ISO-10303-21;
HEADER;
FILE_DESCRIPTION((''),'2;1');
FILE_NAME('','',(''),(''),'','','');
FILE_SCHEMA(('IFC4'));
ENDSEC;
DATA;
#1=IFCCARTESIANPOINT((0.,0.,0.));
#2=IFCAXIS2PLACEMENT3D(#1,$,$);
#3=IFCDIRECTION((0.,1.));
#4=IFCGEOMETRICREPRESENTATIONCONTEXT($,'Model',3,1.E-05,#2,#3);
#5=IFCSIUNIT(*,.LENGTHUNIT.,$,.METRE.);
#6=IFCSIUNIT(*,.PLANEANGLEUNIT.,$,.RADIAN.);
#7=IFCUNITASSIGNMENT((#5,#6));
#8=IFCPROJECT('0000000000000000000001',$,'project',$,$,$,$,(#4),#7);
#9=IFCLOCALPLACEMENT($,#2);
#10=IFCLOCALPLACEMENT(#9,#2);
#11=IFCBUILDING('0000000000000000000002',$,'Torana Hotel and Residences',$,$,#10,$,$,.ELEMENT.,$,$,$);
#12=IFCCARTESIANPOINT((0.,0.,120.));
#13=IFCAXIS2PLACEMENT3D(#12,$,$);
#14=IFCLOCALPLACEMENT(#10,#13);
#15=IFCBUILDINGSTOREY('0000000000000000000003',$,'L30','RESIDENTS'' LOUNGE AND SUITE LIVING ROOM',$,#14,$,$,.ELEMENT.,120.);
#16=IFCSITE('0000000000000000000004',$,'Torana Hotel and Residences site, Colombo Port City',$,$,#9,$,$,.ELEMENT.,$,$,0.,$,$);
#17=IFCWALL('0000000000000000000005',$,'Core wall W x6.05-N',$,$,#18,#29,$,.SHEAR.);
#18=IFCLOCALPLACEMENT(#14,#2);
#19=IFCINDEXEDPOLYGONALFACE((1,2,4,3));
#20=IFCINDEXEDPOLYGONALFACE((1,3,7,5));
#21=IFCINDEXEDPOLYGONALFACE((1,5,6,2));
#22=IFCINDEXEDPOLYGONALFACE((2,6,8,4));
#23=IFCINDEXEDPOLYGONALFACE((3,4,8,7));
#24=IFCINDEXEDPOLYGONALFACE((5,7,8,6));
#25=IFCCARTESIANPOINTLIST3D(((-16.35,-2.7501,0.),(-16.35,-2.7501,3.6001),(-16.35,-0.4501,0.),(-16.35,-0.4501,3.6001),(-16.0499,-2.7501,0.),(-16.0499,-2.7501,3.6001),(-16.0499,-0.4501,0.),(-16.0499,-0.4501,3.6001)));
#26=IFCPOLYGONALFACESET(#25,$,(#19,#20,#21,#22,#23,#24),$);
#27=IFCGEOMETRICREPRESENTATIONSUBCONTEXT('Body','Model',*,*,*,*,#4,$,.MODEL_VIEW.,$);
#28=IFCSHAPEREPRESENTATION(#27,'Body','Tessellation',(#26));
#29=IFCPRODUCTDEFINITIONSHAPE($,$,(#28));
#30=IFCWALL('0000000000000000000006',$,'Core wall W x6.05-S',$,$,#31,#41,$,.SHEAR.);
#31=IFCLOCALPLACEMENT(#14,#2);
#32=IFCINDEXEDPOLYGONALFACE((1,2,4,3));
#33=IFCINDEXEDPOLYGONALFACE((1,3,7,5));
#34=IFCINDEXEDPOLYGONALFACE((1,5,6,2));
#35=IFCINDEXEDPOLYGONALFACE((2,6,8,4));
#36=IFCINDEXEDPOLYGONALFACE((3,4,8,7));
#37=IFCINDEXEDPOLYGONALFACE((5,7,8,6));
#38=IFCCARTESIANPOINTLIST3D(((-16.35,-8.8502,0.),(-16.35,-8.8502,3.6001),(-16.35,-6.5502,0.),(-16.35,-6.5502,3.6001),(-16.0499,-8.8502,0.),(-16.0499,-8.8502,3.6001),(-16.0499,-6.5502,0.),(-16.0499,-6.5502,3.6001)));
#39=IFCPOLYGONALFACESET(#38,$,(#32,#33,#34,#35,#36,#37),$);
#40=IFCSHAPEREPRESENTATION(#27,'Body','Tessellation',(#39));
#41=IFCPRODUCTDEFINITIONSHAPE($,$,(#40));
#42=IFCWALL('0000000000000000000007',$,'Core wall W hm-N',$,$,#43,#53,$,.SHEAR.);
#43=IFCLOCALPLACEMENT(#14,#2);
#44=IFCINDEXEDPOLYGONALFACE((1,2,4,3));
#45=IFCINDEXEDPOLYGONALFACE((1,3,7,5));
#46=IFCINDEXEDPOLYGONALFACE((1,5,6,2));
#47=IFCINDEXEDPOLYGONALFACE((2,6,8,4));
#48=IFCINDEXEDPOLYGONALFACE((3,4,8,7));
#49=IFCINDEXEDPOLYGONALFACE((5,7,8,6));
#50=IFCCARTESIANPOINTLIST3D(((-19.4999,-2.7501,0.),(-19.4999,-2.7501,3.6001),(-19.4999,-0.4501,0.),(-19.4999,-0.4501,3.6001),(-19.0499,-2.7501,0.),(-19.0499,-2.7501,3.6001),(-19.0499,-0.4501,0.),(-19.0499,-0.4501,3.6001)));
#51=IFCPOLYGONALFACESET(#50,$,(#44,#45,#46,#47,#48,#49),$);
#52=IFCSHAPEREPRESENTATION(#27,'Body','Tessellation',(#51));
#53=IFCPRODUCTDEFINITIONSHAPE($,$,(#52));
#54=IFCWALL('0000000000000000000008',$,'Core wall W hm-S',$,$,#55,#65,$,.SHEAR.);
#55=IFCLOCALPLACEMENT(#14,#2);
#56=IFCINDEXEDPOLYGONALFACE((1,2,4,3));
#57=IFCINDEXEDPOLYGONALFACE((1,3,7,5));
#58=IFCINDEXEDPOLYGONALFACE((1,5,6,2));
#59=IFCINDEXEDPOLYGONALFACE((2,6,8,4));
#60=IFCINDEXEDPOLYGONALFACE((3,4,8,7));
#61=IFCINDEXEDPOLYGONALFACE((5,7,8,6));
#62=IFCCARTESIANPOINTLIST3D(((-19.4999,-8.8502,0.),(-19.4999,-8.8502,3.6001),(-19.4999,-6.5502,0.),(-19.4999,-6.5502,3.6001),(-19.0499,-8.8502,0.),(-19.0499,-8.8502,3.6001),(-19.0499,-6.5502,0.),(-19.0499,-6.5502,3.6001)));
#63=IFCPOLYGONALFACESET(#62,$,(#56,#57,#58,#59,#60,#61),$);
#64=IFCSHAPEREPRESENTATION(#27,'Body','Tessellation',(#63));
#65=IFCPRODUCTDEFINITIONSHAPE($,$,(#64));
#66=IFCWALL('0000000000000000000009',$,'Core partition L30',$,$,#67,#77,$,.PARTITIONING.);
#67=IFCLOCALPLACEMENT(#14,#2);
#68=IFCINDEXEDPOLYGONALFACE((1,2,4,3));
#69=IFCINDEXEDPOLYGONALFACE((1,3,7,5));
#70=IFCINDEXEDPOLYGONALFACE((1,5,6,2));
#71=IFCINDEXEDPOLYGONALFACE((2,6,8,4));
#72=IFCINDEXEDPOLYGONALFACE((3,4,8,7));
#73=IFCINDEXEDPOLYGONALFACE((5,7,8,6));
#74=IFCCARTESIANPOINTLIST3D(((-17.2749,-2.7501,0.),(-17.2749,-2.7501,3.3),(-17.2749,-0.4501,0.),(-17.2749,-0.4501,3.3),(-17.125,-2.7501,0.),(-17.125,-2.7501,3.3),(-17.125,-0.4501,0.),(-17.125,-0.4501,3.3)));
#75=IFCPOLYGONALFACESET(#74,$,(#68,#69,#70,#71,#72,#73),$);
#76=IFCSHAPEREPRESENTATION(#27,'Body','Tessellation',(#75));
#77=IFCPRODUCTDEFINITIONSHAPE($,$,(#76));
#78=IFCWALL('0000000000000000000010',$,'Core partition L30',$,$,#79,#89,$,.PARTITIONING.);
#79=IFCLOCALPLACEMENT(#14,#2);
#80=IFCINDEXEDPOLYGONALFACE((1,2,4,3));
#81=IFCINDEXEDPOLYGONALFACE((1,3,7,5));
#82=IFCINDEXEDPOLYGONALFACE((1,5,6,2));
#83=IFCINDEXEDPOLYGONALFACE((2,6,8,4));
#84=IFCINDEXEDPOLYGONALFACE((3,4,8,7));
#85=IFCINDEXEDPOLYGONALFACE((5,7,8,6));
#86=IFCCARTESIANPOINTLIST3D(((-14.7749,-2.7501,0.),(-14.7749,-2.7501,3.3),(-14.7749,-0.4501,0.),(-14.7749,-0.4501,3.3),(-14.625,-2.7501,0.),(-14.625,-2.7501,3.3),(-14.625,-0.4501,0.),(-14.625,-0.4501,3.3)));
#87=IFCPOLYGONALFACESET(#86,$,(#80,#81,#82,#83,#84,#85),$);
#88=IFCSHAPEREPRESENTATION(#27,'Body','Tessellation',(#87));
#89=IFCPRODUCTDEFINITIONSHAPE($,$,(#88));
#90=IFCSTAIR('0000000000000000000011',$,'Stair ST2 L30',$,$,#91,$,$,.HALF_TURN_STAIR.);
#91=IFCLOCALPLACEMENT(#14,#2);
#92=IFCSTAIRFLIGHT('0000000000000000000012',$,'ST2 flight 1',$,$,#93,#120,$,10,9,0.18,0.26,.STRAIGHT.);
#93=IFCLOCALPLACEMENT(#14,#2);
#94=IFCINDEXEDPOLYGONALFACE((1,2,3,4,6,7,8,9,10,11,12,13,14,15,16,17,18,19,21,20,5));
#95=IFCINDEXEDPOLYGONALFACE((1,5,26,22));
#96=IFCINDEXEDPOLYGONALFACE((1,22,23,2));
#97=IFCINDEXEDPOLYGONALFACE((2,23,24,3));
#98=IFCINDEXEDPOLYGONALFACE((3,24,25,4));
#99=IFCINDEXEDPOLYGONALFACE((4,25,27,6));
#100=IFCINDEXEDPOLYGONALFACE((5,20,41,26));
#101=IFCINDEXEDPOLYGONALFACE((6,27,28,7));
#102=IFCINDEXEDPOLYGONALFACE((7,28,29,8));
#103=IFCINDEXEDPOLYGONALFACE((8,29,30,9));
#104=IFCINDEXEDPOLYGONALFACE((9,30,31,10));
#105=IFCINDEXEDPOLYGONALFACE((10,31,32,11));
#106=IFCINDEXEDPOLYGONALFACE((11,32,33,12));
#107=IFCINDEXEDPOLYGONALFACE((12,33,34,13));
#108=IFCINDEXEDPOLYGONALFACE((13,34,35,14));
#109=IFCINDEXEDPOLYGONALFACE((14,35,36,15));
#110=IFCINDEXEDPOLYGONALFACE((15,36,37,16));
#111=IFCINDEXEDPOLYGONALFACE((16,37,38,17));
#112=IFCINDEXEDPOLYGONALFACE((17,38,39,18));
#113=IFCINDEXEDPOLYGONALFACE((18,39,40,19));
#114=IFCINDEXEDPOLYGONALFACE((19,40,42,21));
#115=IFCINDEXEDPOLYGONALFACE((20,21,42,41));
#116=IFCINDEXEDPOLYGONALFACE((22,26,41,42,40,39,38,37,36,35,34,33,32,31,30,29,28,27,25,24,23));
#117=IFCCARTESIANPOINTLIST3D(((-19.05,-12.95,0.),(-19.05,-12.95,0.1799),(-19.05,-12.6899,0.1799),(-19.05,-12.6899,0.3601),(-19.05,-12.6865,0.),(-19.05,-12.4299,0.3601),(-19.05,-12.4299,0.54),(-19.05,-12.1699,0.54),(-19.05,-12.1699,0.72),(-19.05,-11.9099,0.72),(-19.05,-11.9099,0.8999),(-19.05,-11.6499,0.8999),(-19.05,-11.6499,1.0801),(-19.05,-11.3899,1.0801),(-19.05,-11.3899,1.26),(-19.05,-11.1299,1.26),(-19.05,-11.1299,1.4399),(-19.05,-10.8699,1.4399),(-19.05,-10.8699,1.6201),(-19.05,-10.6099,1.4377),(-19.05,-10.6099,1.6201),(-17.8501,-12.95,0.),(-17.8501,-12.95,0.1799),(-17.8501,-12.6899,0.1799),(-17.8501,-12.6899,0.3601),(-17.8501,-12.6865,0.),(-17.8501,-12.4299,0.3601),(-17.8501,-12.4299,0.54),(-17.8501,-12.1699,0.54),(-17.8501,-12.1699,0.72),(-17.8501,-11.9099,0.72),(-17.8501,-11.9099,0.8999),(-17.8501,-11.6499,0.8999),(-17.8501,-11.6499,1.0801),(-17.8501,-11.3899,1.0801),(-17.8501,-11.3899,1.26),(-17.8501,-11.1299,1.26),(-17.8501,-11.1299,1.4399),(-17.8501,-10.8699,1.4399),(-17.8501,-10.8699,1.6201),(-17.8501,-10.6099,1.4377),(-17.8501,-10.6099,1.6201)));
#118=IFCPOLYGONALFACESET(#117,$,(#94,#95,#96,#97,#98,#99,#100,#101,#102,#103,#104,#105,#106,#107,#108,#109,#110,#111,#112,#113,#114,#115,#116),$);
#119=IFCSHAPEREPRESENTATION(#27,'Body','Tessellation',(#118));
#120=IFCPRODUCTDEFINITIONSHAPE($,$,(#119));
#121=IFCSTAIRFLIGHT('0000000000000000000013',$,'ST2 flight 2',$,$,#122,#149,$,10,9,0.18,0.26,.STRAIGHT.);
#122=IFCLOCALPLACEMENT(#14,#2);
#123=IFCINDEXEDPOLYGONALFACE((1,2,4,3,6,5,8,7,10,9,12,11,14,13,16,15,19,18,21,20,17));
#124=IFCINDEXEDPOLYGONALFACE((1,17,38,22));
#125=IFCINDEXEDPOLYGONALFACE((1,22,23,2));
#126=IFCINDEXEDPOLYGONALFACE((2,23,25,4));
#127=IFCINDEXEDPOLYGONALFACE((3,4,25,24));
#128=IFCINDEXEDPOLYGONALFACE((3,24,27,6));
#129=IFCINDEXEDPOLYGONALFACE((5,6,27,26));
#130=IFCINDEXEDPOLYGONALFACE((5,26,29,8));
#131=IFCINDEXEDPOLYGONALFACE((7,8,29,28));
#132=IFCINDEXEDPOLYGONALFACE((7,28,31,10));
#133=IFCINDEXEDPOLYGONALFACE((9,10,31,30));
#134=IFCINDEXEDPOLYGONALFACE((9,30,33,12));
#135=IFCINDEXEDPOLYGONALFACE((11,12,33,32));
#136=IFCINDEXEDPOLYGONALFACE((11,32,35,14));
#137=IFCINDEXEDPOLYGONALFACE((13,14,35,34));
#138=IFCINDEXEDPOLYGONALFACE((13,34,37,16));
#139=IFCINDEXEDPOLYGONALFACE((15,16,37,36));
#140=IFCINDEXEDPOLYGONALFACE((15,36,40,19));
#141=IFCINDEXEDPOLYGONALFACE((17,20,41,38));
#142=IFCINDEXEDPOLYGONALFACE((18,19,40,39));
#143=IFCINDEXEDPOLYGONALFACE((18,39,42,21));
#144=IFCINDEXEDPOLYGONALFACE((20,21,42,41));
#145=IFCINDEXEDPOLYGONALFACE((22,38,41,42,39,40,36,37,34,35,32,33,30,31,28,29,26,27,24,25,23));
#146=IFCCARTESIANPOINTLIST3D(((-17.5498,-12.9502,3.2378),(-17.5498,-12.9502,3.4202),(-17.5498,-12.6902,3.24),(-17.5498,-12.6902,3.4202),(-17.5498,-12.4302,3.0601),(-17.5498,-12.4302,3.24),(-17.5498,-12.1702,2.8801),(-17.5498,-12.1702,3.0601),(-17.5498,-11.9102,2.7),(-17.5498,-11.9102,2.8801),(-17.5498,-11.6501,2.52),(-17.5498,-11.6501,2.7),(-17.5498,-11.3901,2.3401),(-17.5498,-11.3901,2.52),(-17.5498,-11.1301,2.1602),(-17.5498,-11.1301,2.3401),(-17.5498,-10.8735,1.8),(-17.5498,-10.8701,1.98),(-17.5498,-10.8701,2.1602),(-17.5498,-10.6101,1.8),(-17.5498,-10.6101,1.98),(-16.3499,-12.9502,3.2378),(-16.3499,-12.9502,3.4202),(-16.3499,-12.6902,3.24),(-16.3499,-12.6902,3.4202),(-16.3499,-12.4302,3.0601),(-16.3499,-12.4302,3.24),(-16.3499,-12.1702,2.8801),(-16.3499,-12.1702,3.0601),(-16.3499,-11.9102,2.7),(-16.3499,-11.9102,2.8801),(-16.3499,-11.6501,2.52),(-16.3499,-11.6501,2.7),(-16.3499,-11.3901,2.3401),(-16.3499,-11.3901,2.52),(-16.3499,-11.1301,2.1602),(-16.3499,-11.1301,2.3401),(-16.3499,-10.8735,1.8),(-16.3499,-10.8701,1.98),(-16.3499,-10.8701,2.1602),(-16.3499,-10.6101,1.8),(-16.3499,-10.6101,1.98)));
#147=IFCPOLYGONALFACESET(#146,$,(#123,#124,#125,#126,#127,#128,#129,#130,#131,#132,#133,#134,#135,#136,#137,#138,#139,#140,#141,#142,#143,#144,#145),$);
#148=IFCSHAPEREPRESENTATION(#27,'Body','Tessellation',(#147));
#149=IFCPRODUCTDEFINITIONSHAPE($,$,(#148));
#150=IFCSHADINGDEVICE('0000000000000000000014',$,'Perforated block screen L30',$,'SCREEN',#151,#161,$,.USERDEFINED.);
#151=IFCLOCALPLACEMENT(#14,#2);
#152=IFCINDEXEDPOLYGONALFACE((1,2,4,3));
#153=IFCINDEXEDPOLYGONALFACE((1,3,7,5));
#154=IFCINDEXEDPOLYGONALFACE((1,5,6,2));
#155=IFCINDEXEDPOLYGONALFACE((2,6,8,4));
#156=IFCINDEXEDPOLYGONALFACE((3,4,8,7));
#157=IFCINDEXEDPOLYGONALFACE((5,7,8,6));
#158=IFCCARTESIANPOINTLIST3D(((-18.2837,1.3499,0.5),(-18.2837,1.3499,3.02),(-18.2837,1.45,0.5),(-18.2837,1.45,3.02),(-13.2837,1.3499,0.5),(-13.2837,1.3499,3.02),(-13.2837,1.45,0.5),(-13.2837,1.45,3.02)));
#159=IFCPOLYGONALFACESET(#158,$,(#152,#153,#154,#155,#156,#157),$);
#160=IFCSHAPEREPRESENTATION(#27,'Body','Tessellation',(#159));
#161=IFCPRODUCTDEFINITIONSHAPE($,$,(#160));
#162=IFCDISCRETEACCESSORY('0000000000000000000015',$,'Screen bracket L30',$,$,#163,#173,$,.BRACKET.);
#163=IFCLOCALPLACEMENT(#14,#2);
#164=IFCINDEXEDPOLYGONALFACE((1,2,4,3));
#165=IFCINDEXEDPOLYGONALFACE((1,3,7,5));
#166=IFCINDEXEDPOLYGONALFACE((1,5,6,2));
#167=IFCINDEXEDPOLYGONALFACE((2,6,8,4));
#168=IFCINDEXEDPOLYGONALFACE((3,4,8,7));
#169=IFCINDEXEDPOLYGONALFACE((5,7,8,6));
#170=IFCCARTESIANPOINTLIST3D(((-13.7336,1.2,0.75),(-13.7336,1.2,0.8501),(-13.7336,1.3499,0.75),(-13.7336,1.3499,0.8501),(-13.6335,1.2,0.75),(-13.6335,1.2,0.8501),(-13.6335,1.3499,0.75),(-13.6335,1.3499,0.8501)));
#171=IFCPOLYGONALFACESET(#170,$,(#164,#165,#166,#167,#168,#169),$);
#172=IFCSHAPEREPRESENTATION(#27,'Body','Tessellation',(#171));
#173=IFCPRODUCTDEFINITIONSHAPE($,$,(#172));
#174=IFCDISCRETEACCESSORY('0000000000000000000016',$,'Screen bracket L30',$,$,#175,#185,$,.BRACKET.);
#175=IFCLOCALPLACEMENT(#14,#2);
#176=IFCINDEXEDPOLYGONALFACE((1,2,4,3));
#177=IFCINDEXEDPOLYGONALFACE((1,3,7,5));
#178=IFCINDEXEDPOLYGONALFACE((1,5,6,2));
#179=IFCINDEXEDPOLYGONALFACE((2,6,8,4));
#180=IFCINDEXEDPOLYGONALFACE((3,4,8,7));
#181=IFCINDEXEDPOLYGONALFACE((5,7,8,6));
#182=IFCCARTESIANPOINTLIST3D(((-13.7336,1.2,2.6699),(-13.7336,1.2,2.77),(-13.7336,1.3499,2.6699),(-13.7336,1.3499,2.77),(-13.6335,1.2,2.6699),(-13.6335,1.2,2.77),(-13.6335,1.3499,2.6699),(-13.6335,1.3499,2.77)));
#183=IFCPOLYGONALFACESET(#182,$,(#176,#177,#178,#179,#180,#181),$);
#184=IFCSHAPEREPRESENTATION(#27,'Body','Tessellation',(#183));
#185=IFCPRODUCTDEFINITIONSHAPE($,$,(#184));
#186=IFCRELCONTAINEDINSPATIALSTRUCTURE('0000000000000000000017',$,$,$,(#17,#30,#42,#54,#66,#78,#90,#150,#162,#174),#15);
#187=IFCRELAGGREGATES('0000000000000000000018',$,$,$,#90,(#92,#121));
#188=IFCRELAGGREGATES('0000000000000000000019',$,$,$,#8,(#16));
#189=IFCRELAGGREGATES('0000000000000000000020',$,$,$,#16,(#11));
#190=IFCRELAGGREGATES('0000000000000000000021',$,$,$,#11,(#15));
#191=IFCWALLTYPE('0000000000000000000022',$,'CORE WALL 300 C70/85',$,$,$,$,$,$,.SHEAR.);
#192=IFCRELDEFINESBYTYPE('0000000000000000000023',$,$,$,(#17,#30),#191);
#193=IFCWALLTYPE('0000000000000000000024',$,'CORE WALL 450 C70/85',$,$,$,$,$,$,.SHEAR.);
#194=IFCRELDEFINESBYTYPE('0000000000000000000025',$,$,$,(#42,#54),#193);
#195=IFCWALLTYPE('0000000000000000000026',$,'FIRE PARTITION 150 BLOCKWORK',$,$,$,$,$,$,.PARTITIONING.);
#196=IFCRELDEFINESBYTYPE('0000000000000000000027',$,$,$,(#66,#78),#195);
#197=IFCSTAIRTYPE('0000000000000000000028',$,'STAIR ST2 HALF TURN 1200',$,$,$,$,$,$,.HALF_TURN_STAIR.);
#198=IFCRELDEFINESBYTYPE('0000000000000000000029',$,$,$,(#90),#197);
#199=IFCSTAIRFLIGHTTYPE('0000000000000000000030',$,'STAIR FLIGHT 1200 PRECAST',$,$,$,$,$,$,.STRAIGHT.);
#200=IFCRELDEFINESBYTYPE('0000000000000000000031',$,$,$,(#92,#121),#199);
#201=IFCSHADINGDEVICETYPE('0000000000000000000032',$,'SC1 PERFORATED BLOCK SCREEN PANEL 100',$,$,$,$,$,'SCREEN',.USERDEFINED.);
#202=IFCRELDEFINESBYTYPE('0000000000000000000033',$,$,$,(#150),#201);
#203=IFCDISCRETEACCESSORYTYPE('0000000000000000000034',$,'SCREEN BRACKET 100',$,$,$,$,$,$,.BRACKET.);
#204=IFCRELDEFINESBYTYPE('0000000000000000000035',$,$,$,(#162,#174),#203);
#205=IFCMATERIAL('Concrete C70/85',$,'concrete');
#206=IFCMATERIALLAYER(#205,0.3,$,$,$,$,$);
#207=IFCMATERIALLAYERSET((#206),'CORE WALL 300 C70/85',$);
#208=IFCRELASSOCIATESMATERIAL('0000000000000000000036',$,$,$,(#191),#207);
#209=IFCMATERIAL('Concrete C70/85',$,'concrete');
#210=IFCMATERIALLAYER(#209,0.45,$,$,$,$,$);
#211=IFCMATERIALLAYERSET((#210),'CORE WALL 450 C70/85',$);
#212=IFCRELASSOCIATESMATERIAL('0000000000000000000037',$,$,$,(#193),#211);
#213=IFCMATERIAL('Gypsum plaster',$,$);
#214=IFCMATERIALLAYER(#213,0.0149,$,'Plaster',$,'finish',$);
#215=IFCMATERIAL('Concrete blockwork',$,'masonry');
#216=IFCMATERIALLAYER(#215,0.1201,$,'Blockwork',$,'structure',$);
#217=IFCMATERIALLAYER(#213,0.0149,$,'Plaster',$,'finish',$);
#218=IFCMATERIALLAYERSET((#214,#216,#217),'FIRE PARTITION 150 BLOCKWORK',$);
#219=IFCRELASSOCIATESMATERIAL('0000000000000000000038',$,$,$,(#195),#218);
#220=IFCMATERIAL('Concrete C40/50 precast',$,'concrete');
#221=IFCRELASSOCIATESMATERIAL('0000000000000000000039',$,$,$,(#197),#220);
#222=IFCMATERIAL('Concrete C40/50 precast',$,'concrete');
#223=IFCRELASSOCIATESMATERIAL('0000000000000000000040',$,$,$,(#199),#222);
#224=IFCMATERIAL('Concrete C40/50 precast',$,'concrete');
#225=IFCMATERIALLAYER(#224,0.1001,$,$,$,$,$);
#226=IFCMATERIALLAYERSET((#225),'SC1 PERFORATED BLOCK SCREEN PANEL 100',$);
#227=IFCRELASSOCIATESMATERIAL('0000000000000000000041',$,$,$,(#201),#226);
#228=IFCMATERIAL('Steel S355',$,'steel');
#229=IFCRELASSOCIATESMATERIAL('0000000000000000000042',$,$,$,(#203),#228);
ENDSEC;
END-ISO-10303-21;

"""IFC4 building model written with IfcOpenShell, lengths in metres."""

from ifc_helpers import new_model, si_unit, direction, frame, frame_2d, origin, origin_2d, place, context, subcontext, project, spatial, polyline, rectangle, outline, extrude, material, layer, layer_set, type_object, element, aggregate, save


model = new_model("IFC4")

# Units and contexts
model_context = context("Model", 3, precision=1e-05, world=origin(), true_north=direction((0.0, 1.0)))
body_context = subcontext(model_context, "Body", "Model", "MODEL_VIEW")
ifc_project = project(units=[si_unit("LENGTHUNIT", "METRE"), si_unit("PLANEANGLEUNIT", "RADIAN")], contexts=[model_context])

# Site, building, storey
site_placement = place(None, origin())
site = spatial("IfcSite", under=ifc_project, at=site_placement, Name="Torana Hotel and Residences site, Colombo Port City", CompositionType="ELEMENT", RefElevation=0.0)
building_placement = place(site_placement, origin())
building = spatial("IfcBuilding", under=site, at=building_placement, Name="Torana Hotel and Residences", CompositionType="ELEMENT")
storey_placement = place(building_placement, frame((0.0, 0.0, 120.0)))
storey = spatial("IfcBuildingStorey", under=building, at=storey_placement, Name="L30", Description="RESIDENTS' LOUNGE AND SUITE LIVING ROOM", CompositionType="ELEMENT", Elevation=120.0)

# Walls
ifc_material_1 = material(Name="Concrete C70/85", Category="concrete")
ifc_layer_1 = layer(ifc_material_1, 0.3)
ifc_layer_set_1 = layer_set([ifc_layer_1], Name="CORE WALL 300 C70/85")
wall_type_1 = type_object("IfcWallType", Name="CORE WALL 300 C70/85", PredefinedType="SHEAR", material=ifc_layer_set_1)
for number, where, z_axis, x_axis, name in (
    (1, (-16.2, -2.75, 0.0), (0.0, 0.0, 1.0), (0.0, 1.0, 0.0), "Core wall W x6.05-N"),
    (2, (-16.2, -8.8501, 0.0), (0.0, 0.0, 1.0), (0.0, 1.0, 0.0), "Core wall W x6.05-S"),
):
    element("IfcWall", number, at=place(storey_placement, frame(where, z_axis=z_axis, x_axis=x_axis)), inside=storey, type_object=wall_type_1, Name=name, PredefinedType="SHEAR", context=body_context, shape_type="SweptSolid", body=[
        extrude(rectangle(XDim=2.3, YDim=0.3, at=frame_2d((1.1499, 0.0))), origin(), (0.0, 0.0, 1.0), 3.6001),
    ])
ifc_material_2 = material(Name="Concrete C70/85", Category="concrete")
ifc_layer_2 = layer(ifc_material_2, 0.45)
ifc_layer_set_2 = layer_set([ifc_layer_2], Name="CORE WALL 450 C70/85")
wall_type_2 = type_object("IfcWallType", Name="CORE WALL 450 C70/85", PredefinedType="SHEAR", material=ifc_layer_set_2)
for number, where, z_axis, x_axis, name in (
    (3, (-19.2749, -2.75, 0.0), (0.0, 0.0, 1.0), (0.0, 1.0, 0.0), "Core wall W hm-N"),
    (4, (-19.2749, -8.8501, 0.0), (0.0, 0.0, 1.0), (0.0, 1.0, 0.0), "Core wall W hm-S"),
):
    element("IfcWall", number, at=place(storey_placement, frame(where, z_axis=z_axis, x_axis=x_axis)), inside=storey, type_object=wall_type_2, Name=name, PredefinedType="SHEAR", context=body_context, shape_type="SweptSolid", body=[
        extrude(rectangle(XDim=2.3, YDim=0.45, at=frame_2d((1.1499, 0.0))), origin(), (0.0, 0.0, 1.0), 3.6001),
    ])
ifc_material_3 = material(Name="Gypsum plaster")
ifc_layer_3 = layer(ifc_material_3, 0.0149, Name="Plaster", Category="finish")
ifc_material_4 = material(Name="Concrete blockwork", Category="masonry")
ifc_layer_4 = layer(ifc_material_4, 0.1201, Name="Blockwork", Category="structure")
ifc_layer_5 = layer(ifc_material_3, 0.0149, Name="Plaster", Category="finish")
ifc_layer_set_3 = layer_set([ifc_layer_3, ifc_layer_4, ifc_layer_5], Name="FIRE PARTITION 150 BLOCKWORK")
wall_type_3 = type_object("IfcWallType", Name="FIRE PARTITION 150 BLOCKWORK", PredefinedType="PARTITIONING", material=ifc_layer_set_3)
for number, where, z_axis, x_axis, name in (
    (5, (-17.2, -2.75, 0.0), (0.0, 0.0, 1.0), (0.0, 1.0, 0.0), "Core partition L30"),
    (6, (-14.7, -2.75, 0.0), (0.0, 0.0, 1.0), (0.0, 1.0, 0.0), "Core partition L30"),
):
    element("IfcWall", number, at=place(storey_placement, frame(where, z_axis=z_axis, x_axis=x_axis)), inside=storey, type_object=wall_type_3, Name=name, PredefinedType="PARTITIONING", context=body_context, shape_type="SweptSolid", body=[
        extrude(rectangle(XDim=2.3, YDim=0.1499, at=frame_2d((1.1499, 0.0))), origin(), (0.0, 0.0, 1.0), 3.3),
    ])

# Stair, stair flights
ifc_material_5 = material(Name="Concrete C40/50 precast", Category="concrete")
stair_type = type_object("IfcStairType", Name="STAIR ST2 HALF TURN 1200", PredefinedType="HALF_TURN_STAIR", material=ifc_material_5)
stair_placement = place(storey_placement, origin())
stair = element("IfcStair", 7, at=stair_placement, inside=storey, type_object=stair_type, Name="Stair ST2 L30", PredefinedType="HALF_TURN_STAIR")
ifc_material_6 = material(Name="Concrete C40/50 precast", Category="concrete")
stair_flight_type = type_object("IfcStairFlightType", Name="STAIR FLIGHT 1200 PRECAST", PredefinedType="STRAIGHT", material=ifc_material_6)
stair_flight_1_placement = place(storey_placement, frame((-18.45, -12.95, 0.0), z_axis=(0.0, 0.0, 1.0), x_axis=(0.0, 1.0, 0.0)))
stair_flight_1 = element("IfcStairFlight", 8, at=stair_flight_1_placement, type_object=stair_flight_type, Name="ST2 flight 1", NumberOfRisers=10, NumberOfTreads=9, PredefinedType="STRAIGHT", RiserHeight=0.18, TreadLength=0.26, context=body_context, shape_type="SweptSolid", body=[
    extrude(outline(polyline([(0.0, 0.0), (0.0, 0.1799), (0.26, 0.1799), (0.26, 0.3601), (0.52, 0.3601), (0.52, 0.54), (0.78, 0.54), (0.78, 0.72), (1.04, 0.72), (1.04, 0.8999), (1.3, 0.8999), (1.3, 1.0801), (1.5601, 1.0801), (1.5601, 1.26), (1.8201, 1.26), (1.8201, 1.4399), (2.0801, 1.4399), (2.0801, 1.6201), (2.3401, 1.6201), (2.3401, 1.8), (2.3401, 1.4377), (0.2634, 0.0), (0.0, 0.0)])), frame((0.0, 0.6001, 0.0), z_axis=(0.0, -1.0, 0.0), x_axis=(1.0, 0.0, 0.0)), (0.0, 0.0, 1.0), 1.2),
])
stair_flight_2_placement = place(storey_placement, frame((-16.95, -10.6101, 1.8), z_axis=(0.0, 0.0, 1.0), x_axis=(0.0, -1.0, 0.0)))
stair_flight_2 = element("IfcStairFlight", 9, at=stair_flight_2_placement, type_object=stair_flight_type, Name="ST2 flight 2", NumberOfRisers=10, NumberOfTreads=9, PredefinedType="STRAIGHT", RiserHeight=0.18, TreadLength=0.26, context=body_context, shape_type="SweptSolid", body=[
    extrude(outline(polyline([(0.0, 0.0), (0.0, 0.1799), (0.26, 0.1799), (0.26, 0.3601), (0.52, 0.3601), (0.52, 0.54), (0.78, 0.54), (0.78, 0.72), (1.04, 0.72), (1.04, 0.8999), (1.3, 0.8999), (1.3, 1.0801), (1.5601, 1.0801), (1.5601, 1.26), (1.8201, 1.26), (1.8201, 1.4399), (2.0801, 1.4399), (2.0801, 1.6201), (2.3401, 1.6201), (2.3401, 1.8), (2.3401, 1.4377), (0.2634, 0.0), (0.0, 0.0)])), frame((0.0, 0.6001, 0.0), z_axis=(0.0, -1.0, 0.0), x_axis=(1.0, 0.0, 0.0)), (0.0, 0.0, 1.0), 1.2),
])
aggregate(stair, [stair_flight_1, stair_flight_2])

# Shading device
ifc_material_7 = material(Name="Concrete C40/50 precast", Category="concrete")
ifc_layer_6 = layer(ifc_material_7, 0.1001)
ifc_layer_set_4 = layer_set([ifc_layer_6], Name="SC1 PERFORATED BLOCK SCREEN PANEL 100")
shading_device_type = type_object("IfcShadingDeviceType", Name="SC1 PERFORATED BLOCK SCREEN PANEL 100", ElementType="SCREEN", PredefinedType="USERDEFINED", material=ifc_layer_set_4)
shading_device_placement = place(storey_placement, frame((-15.7837, 1.3999, 0.5), z_axis=(0.0, 0.0, 1.0), x_axis=(-1.0, 0.0, 0.0)))
element("IfcShadingDevice", 10, at=shading_device_placement, inside=storey, type_object=shading_device_type, Name="Perforated block screen L30", ObjectType="SCREEN", PredefinedType="USERDEFINED", context=body_context, shape_type="SweptSolid", body=[
    extrude(rectangle(XDim=5.0, YDim=0.1001, at=origin_2d()), origin(), (0.0, 0.0, 1.0), 2.52),
])

# Discrete accessories
ifc_material_8 = material(Name="Steel S355", Category="steel")
discrete_accessory_type = type_object("IfcDiscreteAccessoryType", Name="SCREEN BRACKET 100", PredefinedType="BRACKET", material=ifc_material_8)
for number, where, z_axis, x_axis, name in (
    (11, (-13.6836, 1.2749, 0.75), (0.0, 0.0, 1.0), (-1.0, 0.0, 0.0), "Screen bracket L30"),
    (12, (-13.6836, 1.2749, 2.6699), (0.0, 0.0, 1.0), (-1.0, 0.0, 0.0), "Screen bracket L30"),
):
    element("IfcDiscreteAccessory", number, at=place(storey_placement, frame(where, z_axis=z_axis, x_axis=x_axis)), inside=storey, type_object=discrete_accessory_type, Name=name, PredefinedType="BRACKET", context=body_context, shape_type="SweptSolid", body=[
        extrude(rectangle(XDim=0.1001, YDim=0.1499, at=origin_2d()), origin(), (0.0, 0.0, 1.0), 0.1001),
    ])

save(model, "model.ifc")
